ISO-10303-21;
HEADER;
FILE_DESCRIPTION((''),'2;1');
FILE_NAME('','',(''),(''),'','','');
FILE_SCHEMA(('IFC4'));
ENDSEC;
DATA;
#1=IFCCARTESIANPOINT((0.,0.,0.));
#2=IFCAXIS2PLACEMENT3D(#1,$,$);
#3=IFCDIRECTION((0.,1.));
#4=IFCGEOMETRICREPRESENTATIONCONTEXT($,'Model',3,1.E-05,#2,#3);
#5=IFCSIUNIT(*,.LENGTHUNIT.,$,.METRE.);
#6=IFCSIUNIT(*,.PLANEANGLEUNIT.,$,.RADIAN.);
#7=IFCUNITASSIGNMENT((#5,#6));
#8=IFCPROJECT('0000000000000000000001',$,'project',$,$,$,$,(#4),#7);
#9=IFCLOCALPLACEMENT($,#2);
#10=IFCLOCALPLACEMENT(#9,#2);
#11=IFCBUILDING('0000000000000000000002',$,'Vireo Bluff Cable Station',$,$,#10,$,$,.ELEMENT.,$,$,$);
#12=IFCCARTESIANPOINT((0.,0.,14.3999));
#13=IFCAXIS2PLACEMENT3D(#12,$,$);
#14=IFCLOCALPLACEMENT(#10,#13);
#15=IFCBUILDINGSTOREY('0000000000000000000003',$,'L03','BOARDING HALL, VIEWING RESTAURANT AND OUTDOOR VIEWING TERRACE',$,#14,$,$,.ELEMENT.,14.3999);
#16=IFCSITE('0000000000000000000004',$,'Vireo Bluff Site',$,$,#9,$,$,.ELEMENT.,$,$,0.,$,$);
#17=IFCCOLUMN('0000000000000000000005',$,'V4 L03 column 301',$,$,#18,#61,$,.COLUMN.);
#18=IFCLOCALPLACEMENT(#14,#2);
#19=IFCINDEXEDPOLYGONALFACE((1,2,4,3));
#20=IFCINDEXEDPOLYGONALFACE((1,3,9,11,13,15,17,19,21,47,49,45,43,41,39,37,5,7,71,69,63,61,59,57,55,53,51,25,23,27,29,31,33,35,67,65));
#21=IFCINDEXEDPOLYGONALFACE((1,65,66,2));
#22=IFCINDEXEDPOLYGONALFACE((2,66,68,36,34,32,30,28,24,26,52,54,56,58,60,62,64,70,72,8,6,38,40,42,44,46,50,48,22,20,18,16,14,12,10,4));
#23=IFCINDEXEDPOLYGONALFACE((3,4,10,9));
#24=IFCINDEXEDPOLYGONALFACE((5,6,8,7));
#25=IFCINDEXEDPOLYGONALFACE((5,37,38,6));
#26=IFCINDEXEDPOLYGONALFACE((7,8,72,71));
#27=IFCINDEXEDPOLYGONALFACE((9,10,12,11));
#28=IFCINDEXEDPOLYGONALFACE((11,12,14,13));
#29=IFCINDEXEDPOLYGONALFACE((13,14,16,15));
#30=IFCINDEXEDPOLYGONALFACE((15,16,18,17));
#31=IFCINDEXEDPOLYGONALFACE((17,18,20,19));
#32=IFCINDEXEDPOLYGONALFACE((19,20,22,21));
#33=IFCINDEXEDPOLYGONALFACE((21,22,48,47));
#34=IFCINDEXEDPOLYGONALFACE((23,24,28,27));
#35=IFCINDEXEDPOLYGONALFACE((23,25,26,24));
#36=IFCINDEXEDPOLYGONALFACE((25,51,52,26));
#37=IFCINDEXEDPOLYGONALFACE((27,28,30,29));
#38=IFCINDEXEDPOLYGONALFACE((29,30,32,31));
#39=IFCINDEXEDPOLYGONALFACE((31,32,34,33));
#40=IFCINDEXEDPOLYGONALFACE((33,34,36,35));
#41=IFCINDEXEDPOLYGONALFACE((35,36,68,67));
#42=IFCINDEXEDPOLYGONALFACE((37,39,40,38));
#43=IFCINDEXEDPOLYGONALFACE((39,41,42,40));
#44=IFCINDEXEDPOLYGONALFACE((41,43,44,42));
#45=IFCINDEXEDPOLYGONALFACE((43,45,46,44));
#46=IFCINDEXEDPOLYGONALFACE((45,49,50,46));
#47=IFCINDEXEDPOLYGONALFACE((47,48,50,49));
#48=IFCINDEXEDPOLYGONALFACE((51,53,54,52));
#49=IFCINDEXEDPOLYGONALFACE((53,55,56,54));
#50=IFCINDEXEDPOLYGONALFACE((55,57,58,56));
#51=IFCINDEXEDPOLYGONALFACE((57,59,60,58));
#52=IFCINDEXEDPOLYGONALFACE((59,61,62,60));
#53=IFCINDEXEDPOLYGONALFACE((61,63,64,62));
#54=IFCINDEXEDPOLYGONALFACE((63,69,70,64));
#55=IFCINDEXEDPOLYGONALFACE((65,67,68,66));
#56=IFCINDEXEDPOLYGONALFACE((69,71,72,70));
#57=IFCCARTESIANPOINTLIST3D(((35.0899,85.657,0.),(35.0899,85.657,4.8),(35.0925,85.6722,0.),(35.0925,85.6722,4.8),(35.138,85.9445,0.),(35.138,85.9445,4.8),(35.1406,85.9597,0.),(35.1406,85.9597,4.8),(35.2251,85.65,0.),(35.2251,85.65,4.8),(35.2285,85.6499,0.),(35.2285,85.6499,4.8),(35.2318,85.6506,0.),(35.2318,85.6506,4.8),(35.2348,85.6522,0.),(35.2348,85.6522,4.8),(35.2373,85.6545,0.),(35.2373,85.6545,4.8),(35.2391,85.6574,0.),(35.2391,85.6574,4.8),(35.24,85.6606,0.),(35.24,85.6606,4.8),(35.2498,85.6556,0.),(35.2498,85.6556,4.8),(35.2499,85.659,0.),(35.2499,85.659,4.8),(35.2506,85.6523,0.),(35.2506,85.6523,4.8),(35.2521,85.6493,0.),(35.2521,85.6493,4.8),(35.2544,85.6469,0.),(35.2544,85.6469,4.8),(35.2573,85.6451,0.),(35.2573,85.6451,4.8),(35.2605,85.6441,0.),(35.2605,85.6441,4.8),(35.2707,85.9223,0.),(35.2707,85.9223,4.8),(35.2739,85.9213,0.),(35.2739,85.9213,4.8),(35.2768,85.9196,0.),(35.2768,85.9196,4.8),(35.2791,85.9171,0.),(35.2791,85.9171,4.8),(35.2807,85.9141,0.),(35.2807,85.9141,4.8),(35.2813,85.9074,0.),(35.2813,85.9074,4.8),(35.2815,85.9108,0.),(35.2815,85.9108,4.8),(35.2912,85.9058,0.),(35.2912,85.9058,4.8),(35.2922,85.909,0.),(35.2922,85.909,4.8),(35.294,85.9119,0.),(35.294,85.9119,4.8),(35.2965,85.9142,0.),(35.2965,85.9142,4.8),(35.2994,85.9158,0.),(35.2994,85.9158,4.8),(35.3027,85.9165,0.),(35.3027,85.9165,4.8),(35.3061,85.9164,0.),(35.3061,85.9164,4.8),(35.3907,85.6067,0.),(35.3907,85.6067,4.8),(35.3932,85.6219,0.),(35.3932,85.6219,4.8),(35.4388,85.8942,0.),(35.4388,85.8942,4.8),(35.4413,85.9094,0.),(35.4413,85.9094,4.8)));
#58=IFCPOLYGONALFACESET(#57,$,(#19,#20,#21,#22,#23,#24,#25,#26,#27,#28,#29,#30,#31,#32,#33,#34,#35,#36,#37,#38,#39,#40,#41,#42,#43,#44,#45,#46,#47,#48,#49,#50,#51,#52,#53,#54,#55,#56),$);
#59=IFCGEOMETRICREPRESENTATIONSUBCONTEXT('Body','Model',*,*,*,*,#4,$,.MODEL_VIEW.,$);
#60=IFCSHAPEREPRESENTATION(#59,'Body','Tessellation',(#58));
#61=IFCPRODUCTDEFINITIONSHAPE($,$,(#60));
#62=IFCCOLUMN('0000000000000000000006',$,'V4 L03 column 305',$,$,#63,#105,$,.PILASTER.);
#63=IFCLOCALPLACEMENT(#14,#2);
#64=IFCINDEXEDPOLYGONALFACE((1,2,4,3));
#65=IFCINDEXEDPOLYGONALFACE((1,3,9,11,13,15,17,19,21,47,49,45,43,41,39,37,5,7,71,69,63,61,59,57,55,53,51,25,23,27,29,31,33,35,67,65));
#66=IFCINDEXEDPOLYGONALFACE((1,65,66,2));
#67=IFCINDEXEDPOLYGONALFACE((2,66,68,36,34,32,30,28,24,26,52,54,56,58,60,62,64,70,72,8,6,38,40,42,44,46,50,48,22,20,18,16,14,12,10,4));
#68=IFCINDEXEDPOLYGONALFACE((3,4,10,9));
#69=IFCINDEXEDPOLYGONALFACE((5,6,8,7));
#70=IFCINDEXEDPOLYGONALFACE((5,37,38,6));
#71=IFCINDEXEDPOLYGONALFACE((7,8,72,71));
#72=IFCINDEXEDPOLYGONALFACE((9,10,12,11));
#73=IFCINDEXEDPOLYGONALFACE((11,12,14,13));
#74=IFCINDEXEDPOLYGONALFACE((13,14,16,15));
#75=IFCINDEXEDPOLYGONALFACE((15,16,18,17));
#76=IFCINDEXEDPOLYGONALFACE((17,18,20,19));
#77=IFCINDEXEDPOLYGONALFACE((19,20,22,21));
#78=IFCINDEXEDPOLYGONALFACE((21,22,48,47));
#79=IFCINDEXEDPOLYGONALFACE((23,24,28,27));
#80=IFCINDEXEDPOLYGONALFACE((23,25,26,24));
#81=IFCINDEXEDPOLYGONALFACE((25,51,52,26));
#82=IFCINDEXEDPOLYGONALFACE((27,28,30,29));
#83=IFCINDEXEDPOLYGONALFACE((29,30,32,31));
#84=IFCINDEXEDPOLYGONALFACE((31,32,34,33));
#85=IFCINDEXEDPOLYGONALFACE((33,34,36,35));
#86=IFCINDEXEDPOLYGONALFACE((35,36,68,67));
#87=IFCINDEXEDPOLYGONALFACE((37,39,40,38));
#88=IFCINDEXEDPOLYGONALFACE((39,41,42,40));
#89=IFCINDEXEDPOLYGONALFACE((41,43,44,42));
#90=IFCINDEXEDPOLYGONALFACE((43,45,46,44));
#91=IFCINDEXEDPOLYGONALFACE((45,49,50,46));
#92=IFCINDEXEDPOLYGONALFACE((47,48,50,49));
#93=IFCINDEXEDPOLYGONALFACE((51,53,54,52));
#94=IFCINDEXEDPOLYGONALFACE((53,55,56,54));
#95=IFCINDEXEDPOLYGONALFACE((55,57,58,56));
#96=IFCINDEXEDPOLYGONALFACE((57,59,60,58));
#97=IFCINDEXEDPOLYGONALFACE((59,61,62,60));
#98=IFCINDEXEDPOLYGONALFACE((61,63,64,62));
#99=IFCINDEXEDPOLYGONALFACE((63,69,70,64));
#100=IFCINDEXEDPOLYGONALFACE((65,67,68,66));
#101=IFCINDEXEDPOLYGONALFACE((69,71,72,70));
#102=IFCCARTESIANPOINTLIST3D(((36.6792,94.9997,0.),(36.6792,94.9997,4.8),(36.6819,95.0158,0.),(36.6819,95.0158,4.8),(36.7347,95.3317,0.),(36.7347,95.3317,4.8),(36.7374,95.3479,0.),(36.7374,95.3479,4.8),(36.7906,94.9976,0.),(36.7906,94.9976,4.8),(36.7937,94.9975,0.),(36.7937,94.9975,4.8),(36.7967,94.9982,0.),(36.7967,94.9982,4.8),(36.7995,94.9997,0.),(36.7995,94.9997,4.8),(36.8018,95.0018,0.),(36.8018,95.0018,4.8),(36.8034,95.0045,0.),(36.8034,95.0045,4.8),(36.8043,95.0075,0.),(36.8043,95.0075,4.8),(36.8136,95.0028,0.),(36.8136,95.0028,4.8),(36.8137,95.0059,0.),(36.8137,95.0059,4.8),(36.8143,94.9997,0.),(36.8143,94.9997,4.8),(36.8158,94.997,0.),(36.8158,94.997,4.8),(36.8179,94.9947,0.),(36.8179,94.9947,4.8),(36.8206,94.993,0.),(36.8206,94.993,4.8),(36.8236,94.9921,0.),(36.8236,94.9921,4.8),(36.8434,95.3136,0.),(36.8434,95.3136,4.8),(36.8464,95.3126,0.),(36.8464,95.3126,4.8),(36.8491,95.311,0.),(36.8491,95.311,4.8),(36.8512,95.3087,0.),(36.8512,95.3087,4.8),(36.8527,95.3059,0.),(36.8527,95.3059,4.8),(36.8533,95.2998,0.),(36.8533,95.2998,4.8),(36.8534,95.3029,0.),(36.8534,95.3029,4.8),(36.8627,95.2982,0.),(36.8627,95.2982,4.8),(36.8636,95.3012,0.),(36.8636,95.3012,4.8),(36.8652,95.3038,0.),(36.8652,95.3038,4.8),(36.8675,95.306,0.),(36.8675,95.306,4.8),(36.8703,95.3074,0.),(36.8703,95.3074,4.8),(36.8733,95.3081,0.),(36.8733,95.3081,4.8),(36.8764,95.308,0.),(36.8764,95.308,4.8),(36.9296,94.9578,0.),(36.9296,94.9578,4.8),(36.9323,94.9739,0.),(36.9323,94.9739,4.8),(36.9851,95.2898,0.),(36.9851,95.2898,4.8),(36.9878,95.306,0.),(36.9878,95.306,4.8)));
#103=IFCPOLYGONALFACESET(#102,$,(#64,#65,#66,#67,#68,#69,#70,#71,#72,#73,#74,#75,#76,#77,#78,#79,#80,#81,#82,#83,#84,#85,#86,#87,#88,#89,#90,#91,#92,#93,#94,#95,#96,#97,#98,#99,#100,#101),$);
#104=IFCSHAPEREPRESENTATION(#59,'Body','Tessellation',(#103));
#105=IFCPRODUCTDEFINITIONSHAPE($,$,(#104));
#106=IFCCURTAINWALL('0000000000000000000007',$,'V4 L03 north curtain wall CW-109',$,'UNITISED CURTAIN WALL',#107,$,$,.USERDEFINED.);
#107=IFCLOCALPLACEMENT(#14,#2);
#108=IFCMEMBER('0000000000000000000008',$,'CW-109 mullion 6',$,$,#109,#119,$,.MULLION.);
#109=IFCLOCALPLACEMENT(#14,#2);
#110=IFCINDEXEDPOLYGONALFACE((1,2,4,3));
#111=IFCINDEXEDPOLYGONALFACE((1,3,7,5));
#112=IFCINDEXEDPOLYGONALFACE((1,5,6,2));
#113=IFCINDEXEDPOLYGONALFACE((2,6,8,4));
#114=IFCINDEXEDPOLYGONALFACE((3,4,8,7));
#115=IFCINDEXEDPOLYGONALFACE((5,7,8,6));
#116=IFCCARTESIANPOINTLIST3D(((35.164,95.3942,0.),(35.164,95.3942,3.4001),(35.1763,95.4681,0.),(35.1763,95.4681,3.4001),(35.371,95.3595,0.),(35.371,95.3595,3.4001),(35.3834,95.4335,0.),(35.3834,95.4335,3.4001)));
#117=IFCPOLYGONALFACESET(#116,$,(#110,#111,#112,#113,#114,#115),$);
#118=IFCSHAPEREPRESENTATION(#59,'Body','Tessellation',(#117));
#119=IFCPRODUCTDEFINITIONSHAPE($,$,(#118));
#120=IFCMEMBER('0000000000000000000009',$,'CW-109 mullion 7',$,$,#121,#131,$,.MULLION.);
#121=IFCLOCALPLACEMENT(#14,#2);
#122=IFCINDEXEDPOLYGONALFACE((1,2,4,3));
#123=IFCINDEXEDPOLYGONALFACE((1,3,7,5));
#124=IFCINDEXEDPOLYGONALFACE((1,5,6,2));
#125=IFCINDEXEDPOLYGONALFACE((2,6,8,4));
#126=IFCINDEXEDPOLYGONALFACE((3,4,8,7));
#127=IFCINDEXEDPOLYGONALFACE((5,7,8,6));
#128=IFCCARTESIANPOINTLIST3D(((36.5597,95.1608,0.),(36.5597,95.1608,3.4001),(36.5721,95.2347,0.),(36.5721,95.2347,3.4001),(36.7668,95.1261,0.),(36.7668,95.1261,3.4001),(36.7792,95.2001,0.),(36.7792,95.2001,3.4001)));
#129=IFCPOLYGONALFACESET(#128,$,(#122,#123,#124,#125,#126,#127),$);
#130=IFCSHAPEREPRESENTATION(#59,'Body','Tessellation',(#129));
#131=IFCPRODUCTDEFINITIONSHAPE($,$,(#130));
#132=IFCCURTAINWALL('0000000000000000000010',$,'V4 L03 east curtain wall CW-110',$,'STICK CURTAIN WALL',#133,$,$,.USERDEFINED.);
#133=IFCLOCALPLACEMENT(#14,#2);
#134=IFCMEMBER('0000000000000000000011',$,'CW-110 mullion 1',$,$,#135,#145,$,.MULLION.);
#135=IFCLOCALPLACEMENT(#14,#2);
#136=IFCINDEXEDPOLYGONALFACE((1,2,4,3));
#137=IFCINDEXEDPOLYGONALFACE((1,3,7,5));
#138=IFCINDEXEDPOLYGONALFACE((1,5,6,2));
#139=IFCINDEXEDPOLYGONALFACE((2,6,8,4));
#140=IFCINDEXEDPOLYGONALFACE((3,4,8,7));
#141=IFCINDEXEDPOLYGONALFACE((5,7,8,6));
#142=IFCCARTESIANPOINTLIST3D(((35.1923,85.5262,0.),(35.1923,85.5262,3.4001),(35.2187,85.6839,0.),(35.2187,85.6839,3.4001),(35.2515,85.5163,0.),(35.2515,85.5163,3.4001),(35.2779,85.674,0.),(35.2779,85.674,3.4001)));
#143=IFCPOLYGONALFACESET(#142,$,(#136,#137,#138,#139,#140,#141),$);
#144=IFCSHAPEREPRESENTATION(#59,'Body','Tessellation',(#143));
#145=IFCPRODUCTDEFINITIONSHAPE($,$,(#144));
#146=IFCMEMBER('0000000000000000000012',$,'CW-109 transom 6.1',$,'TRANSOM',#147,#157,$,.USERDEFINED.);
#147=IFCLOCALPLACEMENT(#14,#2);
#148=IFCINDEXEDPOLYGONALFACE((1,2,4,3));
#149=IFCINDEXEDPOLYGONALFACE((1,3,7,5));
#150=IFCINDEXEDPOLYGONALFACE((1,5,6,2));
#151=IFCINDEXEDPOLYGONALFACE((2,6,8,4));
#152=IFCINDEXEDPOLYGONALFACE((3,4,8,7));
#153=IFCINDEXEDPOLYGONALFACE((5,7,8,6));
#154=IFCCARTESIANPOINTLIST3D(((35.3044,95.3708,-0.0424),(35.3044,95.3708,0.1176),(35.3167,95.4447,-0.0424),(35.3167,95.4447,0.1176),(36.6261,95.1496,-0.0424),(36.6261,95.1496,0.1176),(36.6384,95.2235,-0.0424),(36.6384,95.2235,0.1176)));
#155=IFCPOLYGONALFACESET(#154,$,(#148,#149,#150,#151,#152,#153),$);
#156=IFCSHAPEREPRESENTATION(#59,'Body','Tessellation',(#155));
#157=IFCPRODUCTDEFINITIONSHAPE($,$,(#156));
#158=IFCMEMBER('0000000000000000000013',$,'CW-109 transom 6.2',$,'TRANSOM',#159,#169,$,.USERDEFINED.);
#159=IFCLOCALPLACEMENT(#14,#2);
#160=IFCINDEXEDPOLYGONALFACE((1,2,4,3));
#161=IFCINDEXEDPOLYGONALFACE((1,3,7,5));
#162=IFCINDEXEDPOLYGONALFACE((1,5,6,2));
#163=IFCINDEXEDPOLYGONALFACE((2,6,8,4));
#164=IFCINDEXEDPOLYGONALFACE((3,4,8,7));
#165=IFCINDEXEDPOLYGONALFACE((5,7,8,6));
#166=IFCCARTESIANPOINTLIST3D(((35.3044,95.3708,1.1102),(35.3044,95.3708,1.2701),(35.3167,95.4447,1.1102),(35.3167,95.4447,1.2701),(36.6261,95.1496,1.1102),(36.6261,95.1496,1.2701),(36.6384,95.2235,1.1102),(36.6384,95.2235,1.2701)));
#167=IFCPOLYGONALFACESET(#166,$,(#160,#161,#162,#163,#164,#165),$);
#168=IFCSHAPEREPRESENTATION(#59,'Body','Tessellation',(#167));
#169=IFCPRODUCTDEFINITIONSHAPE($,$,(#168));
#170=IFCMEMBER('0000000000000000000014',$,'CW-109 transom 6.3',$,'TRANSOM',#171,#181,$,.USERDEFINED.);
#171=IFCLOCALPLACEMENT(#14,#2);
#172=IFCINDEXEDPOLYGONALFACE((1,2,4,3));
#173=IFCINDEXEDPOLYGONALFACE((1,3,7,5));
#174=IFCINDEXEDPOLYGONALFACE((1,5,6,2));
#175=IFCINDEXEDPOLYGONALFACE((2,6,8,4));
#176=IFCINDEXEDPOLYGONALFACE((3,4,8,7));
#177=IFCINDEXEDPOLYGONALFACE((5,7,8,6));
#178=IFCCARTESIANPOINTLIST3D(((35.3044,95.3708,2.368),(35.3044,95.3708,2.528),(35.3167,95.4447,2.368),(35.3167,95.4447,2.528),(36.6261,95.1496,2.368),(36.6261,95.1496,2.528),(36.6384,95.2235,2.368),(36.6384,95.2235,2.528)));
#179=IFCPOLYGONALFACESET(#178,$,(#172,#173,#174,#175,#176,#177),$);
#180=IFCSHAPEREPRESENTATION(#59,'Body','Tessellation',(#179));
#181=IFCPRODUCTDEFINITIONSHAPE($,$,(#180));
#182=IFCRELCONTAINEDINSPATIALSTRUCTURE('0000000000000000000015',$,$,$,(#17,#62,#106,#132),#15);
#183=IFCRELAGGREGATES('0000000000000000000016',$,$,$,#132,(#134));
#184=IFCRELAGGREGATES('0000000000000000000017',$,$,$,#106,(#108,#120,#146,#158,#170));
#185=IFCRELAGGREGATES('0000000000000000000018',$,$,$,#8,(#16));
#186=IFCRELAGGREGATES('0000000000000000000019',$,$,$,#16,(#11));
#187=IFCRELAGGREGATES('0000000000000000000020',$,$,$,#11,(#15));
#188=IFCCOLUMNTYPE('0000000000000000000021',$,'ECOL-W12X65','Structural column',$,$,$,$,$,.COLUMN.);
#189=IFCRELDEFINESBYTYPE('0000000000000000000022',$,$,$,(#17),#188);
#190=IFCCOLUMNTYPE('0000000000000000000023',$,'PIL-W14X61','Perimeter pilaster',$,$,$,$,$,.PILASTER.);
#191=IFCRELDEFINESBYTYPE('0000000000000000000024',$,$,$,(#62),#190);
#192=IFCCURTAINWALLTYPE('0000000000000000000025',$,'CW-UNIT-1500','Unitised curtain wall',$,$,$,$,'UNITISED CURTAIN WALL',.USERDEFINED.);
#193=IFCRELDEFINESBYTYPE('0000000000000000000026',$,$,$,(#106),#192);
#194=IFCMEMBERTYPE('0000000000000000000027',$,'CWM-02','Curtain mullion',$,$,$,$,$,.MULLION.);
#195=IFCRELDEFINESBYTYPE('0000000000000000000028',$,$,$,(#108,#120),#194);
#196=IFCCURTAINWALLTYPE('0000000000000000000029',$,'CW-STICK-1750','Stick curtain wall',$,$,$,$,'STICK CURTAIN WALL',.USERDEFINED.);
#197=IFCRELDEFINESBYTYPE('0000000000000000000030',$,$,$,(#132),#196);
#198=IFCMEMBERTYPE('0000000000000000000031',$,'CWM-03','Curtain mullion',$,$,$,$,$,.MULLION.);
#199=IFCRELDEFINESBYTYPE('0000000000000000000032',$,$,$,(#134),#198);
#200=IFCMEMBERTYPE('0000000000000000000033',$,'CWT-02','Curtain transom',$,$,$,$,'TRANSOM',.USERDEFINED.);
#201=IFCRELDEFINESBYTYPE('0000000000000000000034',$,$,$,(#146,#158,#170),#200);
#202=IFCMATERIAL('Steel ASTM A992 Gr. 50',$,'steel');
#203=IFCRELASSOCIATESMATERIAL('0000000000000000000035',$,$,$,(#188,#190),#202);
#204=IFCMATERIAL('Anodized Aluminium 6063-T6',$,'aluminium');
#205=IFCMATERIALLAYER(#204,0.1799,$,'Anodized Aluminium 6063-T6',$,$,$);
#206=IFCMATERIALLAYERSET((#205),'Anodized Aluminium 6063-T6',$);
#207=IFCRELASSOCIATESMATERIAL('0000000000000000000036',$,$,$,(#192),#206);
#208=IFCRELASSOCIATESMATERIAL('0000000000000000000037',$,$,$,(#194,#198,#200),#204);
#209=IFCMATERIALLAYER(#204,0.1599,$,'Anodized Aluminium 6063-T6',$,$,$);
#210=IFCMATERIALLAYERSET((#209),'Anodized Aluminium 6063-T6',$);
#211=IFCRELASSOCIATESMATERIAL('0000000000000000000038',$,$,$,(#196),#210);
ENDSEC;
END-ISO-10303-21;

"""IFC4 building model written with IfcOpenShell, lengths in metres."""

from ifc_helpers import new_model, si_unit, direction, frame, origin, origin_2d, place, context, subcontext, project, spatial, rectangle, i_section, extrude, material, layer, layer_set, material_profile, profile_set, type_object, element, aggregate, save


model = new_model("IFC4")

# Units and contexts
model_context = context("Model", 3, precision=1e-05, world=origin(), true_north=direction((0.0, 1.0)))
body_context = subcontext(model_context, "Body", "Model", "MODEL_VIEW")
ifc_project = project(units=[si_unit("LENGTHUNIT", "METRE"), si_unit("PLANEANGLEUNIT", "RADIAN")], contexts=[model_context])

# Site, building, storey
site_placement = place(None, origin())
site = spatial("IfcSite", under=ifc_project, at=site_placement, Name="Vireo Bluff Site", CompositionType="ELEMENT", RefElevation=0.0)
building_placement = place(site_placement, origin())
building = spatial("IfcBuilding", under=site, at=building_placement, Name="Vireo Bluff Cable Station", CompositionType="ELEMENT")
storey_placement = place(building_placement, frame((0.0, 0.0, 14.3999)))
storey = spatial("IfcBuildingStorey", under=building, at=storey_placement, Name="L03", Description="BOARDING HALL, VIEWING RESTAURANT AND OUTDOOR VIEWING TERRACE", CompositionType="ELEMENT", Elevation=14.3999)

# Columns
ifc_material_1 = material(Name="Steel ASTM A992 Gr. 50", Category="steel")
ifc_material_profile_1 = material_profile(ifc_material_1, i_section(OverallWidth=0.3049, OverallDepth=0.3069, WebThickness=0.01, FlangeThickness=0.0154, FilletRadius=0.0129, at=origin_2d()), Name="W12X65")
ifc_profile_set_1 = profile_set([ifc_material_profile_1], Name="Steel ASTM A992 Gr. 50")
column_type_1 = type_object("IfcColumnType", Name="ECOL-W12X65", Description="Structural column", PredefinedType="COLUMN", material=ifc_profile_set_1)
column_1_placement = place(storey_placement, frame((35.2656, 85.7832, 0.0), z_axis=(0.0, 0.0, 1.0), x_axis=(0.986286, -0.165048, 0.0)))
element("IfcColumn", 1, at=column_1_placement, inside=storey, type_object=column_type_1, Name="V4 L03 column 301", PredefinedType="COLUMN", context=body_context, shape_type="SweptSolid", body=[
    extrude(i_section(OverallWidth=0.3049, OverallDepth=0.3069, WebThickness=0.01, FlangeThickness=0.0154, FilletRadius=0.0129, at=origin_2d()), origin(), (0.0, 0.0, 1.0), 4.8),
])
ifc_material_profile_2 = material_profile(ifc_material_1, i_section(OverallWidth=0.2539, OverallDepth=0.353, WebThickness=0.0095, FlangeThickness=0.0164, FilletRadius=0.012, at=origin_2d()), Name="W14X61")
ifc_profile_set_2 = profile_set([ifc_material_profile_2], Name="Steel ASTM A992 Gr. 50")
column_type_2 = type_object("IfcColumnType", Name="PIL-W14X61", Description="Perimeter pilaster", PredefinedType="PILASTER", material=ifc_profile_set_2)
column_2_placement = place(storey_placement, frame((36.8335, 95.1528, 0.0), z_axis=(0.0, 0.0, 1.0), x_axis=(0.986286, -0.165048, 0.0)))
element("IfcColumn", 2, at=column_2_placement, inside=storey, type_object=column_type_2, Name="V4 L03 column 305", PredefinedType="PILASTER", context=body_context, shape_type="SweptSolid", body=[
    extrude(i_section(OverallWidth=0.2539, OverallDepth=0.353, WebThickness=0.0095, FlangeThickness=0.0164, FilletRadius=0.012, at=origin_2d()), origin(), (0.0, 0.0, 1.0), 4.8),
])

# Curtain wall, members
ifc_material_2 = material(Name="Anodized Aluminium 6063-T6", Category="aluminium")
ifc_layer_1 = layer(ifc_material_2, 0.1799, Name="Anodized Aluminium 6063-T6")
ifc_layer_set_1 = layer_set([ifc_layer_1], Name="Anodized Aluminium 6063-T6")
curtain_wall_type_1 = type_object("IfcCurtainWallType", Name="CW-UNIT-1500", Description="Unitised curtain wall", ElementType="UNITISED CURTAIN WALL", PredefinedType="USERDEFINED", material=ifc_layer_set_1)
curtain_wall_1_placement = place(storey_placement, origin())
curtain_wall_1 = element("IfcCurtainWall", 3, at=curtain_wall_1_placement, inside=storey, type_object=curtain_wall_type_1, Name="V4 L03 north curtain wall CW-109", ObjectType="UNITISED CURTAIN WALL", PredefinedType="USERDEFINED")
ifc_material_profile_3 = material_profile(ifc_material_2, rectangle(XDim=0.075, YDim=0.21, at=origin_2d()), Name="ALU-M-75X210")
ifc_profile_set_3 = profile_set([ifc_material_profile_3], Name="Anodized Aluminium 6063-T6")
member_type_1 = type_object("IfcMemberType", Name="CWM-02", Description="Curtain mullion", PredefinedType="MULLION", material=ifc_profile_set_3)
member_1_placement = place(storey_placement, frame((35.2737, 95.4138, 0.0), z_axis=(0.0, 0.0, 1.0), x_axis=(0.165048, 0.986286, 0.0)))
member_1 = element("IfcMember", 4, at=member_1_placement, type_object=member_type_1, Name="CW-109 mullion 6", PredefinedType="MULLION", context=body_context, shape_type="SweptSolid", body=[
    extrude(rectangle(XDim=0.075, YDim=0.21, at=origin_2d()), origin(), (0.0, 0.0, 1.0), 3.4001),
])
member_2_placement = place(storey_placement, frame((36.6694, 95.1804, 0.0), z_axis=(0.0, 0.0, 1.0), x_axis=(0.165048, 0.986286, 0.0)))
member_2 = element("IfcMember", 5, at=member_2_placement, type_object=member_type_1, Name="CW-109 mullion 7", PredefinedType="MULLION", context=body_context, shape_type="SweptSolid", body=[
    extrude(rectangle(XDim=0.075, YDim=0.21, at=origin_2d()), origin(), (0.0, 0.0, 1.0), 3.4001),
])

# Curtain wall, member
ifc_layer_2 = layer(ifc_material_2, 0.1599, Name="Anodized Aluminium 6063-T6")
ifc_layer_set_2 = layer_set([ifc_layer_2], Name="Anodized Aluminium 6063-T6")
curtain_wall_type_2 = type_object("IfcCurtainWallType", Name="CW-STICK-1750", Description="Stick curtain wall", ElementType="STICK CURTAIN WALL", PredefinedType="USERDEFINED", material=ifc_layer_set_2)
curtain_wall_2_placement = place(storey_placement, origin())
curtain_wall_2 = element("IfcCurtainWall", 6, at=curtain_wall_2_placement, inside=storey, type_object=curtain_wall_type_2, Name="V4 L03 east curtain wall CW-110", ObjectType="STICK CURTAIN WALL", PredefinedType="USERDEFINED")
ifc_material_profile_4 = material_profile(ifc_material_2, rectangle(XDim=0.0601, YDim=0.1599, at=origin_2d()), Name="ALU-M-60X160")
ifc_profile_set_4 = profile_set([ifc_material_profile_4], Name="Anodized Aluminium 6063-T6")
member_type_2 = type_object("IfcMemberType", Name="CWM-03", Description="Curtain mullion", PredefinedType="MULLION", material=ifc_profile_set_4)
member_3_placement = place(storey_placement, frame((35.2351, 85.6001, 0.0), z_axis=(0.0, 0.0, 1.0), x_axis=(0.986286, -0.165048, 0.0)))
member_3 = element("IfcMember", 7, at=member_3_placement, type_object=member_type_2, Name="CW-110 mullion 1", PredefinedType="MULLION", context=body_context, shape_type="SweptSolid", body=[
    extrude(rectangle(XDim=0.0601, YDim=0.1599, at=origin_2d()), origin(), (0.0, 0.0, 1.0), 3.4001),
])

# Members
ifc_material_profile_5 = material_profile(ifc_material_2, rectangle(XDim=0.075, YDim=0.1599, at=origin_2d()), Name="ALU-T-75X160")
ifc_profile_set_5 = profile_set([ifc_material_profile_5], Name="Anodized Aluminium 6063-T6")
member_type_3 = type_object("IfcMemberType", Name="CWT-02", Description="Curtain transom", ElementType="TRANSOM", PredefinedType="USERDEFINED", material=ifc_profile_set_5)
member_4_placement = place(storey_placement, frame((35.3105, 95.4077, 0.0376), z_axis=(0.986285, -0.165049, 0.0), x_axis=(0.165049, 0.986285, 0.0)))
member_4 = element("IfcMember", 8, at=member_4_placement, type_object=member_type_3, Name="CW-109 transom 6.1", ObjectType="TRANSOM", PredefinedType="USERDEFINED", context=body_context, shape_type="SweptSolid", body=[
    extrude(rectangle(XDim=0.075, YDim=0.1599, at=origin_2d()), origin(), (0.0, 0.0, 1.0), 1.3401),
])
member_5_placement = place(storey_placement, frame((35.3105, 95.4077, 1.1902), z_axis=(0.986285, -0.165049, 0.0), x_axis=(0.165049, 0.986285, 0.0)))
member_5 = element("IfcMember", 9, at=member_5_placement, type_object=member_type_3, Name="CW-109 transom 6.2", ObjectType="TRANSOM", PredefinedType="USERDEFINED", context=body_context, shape_type="SweptSolid", body=[
    extrude(rectangle(XDim=0.075, YDim=0.1599, at=origin_2d()), origin(), (0.0, 0.0, 1.0), 1.3401),
])
member_6_placement = place(storey_placement, frame((35.3105, 95.4077, 2.448), z_axis=(0.986285, -0.165049, 0.0), x_axis=(0.165049, 0.986285, 0.0)))
member_6 = element("IfcMember", 10, at=member_6_placement, type_object=member_type_3, Name="CW-109 transom 6.3", ObjectType="TRANSOM", PredefinedType="USERDEFINED", context=body_context, shape_type="SweptSolid", body=[
    extrude(rectangle(XDim=0.075, YDim=0.1599, at=origin_2d()), origin(), (0.0, 0.0, 1.0), 1.3401),
])
aggregate(curtain_wall_2, [member_3])

aggregate(curtain_wall_1, [member_1, member_2, member_4, member_5, member_6])

save(model, "model.ifc")
